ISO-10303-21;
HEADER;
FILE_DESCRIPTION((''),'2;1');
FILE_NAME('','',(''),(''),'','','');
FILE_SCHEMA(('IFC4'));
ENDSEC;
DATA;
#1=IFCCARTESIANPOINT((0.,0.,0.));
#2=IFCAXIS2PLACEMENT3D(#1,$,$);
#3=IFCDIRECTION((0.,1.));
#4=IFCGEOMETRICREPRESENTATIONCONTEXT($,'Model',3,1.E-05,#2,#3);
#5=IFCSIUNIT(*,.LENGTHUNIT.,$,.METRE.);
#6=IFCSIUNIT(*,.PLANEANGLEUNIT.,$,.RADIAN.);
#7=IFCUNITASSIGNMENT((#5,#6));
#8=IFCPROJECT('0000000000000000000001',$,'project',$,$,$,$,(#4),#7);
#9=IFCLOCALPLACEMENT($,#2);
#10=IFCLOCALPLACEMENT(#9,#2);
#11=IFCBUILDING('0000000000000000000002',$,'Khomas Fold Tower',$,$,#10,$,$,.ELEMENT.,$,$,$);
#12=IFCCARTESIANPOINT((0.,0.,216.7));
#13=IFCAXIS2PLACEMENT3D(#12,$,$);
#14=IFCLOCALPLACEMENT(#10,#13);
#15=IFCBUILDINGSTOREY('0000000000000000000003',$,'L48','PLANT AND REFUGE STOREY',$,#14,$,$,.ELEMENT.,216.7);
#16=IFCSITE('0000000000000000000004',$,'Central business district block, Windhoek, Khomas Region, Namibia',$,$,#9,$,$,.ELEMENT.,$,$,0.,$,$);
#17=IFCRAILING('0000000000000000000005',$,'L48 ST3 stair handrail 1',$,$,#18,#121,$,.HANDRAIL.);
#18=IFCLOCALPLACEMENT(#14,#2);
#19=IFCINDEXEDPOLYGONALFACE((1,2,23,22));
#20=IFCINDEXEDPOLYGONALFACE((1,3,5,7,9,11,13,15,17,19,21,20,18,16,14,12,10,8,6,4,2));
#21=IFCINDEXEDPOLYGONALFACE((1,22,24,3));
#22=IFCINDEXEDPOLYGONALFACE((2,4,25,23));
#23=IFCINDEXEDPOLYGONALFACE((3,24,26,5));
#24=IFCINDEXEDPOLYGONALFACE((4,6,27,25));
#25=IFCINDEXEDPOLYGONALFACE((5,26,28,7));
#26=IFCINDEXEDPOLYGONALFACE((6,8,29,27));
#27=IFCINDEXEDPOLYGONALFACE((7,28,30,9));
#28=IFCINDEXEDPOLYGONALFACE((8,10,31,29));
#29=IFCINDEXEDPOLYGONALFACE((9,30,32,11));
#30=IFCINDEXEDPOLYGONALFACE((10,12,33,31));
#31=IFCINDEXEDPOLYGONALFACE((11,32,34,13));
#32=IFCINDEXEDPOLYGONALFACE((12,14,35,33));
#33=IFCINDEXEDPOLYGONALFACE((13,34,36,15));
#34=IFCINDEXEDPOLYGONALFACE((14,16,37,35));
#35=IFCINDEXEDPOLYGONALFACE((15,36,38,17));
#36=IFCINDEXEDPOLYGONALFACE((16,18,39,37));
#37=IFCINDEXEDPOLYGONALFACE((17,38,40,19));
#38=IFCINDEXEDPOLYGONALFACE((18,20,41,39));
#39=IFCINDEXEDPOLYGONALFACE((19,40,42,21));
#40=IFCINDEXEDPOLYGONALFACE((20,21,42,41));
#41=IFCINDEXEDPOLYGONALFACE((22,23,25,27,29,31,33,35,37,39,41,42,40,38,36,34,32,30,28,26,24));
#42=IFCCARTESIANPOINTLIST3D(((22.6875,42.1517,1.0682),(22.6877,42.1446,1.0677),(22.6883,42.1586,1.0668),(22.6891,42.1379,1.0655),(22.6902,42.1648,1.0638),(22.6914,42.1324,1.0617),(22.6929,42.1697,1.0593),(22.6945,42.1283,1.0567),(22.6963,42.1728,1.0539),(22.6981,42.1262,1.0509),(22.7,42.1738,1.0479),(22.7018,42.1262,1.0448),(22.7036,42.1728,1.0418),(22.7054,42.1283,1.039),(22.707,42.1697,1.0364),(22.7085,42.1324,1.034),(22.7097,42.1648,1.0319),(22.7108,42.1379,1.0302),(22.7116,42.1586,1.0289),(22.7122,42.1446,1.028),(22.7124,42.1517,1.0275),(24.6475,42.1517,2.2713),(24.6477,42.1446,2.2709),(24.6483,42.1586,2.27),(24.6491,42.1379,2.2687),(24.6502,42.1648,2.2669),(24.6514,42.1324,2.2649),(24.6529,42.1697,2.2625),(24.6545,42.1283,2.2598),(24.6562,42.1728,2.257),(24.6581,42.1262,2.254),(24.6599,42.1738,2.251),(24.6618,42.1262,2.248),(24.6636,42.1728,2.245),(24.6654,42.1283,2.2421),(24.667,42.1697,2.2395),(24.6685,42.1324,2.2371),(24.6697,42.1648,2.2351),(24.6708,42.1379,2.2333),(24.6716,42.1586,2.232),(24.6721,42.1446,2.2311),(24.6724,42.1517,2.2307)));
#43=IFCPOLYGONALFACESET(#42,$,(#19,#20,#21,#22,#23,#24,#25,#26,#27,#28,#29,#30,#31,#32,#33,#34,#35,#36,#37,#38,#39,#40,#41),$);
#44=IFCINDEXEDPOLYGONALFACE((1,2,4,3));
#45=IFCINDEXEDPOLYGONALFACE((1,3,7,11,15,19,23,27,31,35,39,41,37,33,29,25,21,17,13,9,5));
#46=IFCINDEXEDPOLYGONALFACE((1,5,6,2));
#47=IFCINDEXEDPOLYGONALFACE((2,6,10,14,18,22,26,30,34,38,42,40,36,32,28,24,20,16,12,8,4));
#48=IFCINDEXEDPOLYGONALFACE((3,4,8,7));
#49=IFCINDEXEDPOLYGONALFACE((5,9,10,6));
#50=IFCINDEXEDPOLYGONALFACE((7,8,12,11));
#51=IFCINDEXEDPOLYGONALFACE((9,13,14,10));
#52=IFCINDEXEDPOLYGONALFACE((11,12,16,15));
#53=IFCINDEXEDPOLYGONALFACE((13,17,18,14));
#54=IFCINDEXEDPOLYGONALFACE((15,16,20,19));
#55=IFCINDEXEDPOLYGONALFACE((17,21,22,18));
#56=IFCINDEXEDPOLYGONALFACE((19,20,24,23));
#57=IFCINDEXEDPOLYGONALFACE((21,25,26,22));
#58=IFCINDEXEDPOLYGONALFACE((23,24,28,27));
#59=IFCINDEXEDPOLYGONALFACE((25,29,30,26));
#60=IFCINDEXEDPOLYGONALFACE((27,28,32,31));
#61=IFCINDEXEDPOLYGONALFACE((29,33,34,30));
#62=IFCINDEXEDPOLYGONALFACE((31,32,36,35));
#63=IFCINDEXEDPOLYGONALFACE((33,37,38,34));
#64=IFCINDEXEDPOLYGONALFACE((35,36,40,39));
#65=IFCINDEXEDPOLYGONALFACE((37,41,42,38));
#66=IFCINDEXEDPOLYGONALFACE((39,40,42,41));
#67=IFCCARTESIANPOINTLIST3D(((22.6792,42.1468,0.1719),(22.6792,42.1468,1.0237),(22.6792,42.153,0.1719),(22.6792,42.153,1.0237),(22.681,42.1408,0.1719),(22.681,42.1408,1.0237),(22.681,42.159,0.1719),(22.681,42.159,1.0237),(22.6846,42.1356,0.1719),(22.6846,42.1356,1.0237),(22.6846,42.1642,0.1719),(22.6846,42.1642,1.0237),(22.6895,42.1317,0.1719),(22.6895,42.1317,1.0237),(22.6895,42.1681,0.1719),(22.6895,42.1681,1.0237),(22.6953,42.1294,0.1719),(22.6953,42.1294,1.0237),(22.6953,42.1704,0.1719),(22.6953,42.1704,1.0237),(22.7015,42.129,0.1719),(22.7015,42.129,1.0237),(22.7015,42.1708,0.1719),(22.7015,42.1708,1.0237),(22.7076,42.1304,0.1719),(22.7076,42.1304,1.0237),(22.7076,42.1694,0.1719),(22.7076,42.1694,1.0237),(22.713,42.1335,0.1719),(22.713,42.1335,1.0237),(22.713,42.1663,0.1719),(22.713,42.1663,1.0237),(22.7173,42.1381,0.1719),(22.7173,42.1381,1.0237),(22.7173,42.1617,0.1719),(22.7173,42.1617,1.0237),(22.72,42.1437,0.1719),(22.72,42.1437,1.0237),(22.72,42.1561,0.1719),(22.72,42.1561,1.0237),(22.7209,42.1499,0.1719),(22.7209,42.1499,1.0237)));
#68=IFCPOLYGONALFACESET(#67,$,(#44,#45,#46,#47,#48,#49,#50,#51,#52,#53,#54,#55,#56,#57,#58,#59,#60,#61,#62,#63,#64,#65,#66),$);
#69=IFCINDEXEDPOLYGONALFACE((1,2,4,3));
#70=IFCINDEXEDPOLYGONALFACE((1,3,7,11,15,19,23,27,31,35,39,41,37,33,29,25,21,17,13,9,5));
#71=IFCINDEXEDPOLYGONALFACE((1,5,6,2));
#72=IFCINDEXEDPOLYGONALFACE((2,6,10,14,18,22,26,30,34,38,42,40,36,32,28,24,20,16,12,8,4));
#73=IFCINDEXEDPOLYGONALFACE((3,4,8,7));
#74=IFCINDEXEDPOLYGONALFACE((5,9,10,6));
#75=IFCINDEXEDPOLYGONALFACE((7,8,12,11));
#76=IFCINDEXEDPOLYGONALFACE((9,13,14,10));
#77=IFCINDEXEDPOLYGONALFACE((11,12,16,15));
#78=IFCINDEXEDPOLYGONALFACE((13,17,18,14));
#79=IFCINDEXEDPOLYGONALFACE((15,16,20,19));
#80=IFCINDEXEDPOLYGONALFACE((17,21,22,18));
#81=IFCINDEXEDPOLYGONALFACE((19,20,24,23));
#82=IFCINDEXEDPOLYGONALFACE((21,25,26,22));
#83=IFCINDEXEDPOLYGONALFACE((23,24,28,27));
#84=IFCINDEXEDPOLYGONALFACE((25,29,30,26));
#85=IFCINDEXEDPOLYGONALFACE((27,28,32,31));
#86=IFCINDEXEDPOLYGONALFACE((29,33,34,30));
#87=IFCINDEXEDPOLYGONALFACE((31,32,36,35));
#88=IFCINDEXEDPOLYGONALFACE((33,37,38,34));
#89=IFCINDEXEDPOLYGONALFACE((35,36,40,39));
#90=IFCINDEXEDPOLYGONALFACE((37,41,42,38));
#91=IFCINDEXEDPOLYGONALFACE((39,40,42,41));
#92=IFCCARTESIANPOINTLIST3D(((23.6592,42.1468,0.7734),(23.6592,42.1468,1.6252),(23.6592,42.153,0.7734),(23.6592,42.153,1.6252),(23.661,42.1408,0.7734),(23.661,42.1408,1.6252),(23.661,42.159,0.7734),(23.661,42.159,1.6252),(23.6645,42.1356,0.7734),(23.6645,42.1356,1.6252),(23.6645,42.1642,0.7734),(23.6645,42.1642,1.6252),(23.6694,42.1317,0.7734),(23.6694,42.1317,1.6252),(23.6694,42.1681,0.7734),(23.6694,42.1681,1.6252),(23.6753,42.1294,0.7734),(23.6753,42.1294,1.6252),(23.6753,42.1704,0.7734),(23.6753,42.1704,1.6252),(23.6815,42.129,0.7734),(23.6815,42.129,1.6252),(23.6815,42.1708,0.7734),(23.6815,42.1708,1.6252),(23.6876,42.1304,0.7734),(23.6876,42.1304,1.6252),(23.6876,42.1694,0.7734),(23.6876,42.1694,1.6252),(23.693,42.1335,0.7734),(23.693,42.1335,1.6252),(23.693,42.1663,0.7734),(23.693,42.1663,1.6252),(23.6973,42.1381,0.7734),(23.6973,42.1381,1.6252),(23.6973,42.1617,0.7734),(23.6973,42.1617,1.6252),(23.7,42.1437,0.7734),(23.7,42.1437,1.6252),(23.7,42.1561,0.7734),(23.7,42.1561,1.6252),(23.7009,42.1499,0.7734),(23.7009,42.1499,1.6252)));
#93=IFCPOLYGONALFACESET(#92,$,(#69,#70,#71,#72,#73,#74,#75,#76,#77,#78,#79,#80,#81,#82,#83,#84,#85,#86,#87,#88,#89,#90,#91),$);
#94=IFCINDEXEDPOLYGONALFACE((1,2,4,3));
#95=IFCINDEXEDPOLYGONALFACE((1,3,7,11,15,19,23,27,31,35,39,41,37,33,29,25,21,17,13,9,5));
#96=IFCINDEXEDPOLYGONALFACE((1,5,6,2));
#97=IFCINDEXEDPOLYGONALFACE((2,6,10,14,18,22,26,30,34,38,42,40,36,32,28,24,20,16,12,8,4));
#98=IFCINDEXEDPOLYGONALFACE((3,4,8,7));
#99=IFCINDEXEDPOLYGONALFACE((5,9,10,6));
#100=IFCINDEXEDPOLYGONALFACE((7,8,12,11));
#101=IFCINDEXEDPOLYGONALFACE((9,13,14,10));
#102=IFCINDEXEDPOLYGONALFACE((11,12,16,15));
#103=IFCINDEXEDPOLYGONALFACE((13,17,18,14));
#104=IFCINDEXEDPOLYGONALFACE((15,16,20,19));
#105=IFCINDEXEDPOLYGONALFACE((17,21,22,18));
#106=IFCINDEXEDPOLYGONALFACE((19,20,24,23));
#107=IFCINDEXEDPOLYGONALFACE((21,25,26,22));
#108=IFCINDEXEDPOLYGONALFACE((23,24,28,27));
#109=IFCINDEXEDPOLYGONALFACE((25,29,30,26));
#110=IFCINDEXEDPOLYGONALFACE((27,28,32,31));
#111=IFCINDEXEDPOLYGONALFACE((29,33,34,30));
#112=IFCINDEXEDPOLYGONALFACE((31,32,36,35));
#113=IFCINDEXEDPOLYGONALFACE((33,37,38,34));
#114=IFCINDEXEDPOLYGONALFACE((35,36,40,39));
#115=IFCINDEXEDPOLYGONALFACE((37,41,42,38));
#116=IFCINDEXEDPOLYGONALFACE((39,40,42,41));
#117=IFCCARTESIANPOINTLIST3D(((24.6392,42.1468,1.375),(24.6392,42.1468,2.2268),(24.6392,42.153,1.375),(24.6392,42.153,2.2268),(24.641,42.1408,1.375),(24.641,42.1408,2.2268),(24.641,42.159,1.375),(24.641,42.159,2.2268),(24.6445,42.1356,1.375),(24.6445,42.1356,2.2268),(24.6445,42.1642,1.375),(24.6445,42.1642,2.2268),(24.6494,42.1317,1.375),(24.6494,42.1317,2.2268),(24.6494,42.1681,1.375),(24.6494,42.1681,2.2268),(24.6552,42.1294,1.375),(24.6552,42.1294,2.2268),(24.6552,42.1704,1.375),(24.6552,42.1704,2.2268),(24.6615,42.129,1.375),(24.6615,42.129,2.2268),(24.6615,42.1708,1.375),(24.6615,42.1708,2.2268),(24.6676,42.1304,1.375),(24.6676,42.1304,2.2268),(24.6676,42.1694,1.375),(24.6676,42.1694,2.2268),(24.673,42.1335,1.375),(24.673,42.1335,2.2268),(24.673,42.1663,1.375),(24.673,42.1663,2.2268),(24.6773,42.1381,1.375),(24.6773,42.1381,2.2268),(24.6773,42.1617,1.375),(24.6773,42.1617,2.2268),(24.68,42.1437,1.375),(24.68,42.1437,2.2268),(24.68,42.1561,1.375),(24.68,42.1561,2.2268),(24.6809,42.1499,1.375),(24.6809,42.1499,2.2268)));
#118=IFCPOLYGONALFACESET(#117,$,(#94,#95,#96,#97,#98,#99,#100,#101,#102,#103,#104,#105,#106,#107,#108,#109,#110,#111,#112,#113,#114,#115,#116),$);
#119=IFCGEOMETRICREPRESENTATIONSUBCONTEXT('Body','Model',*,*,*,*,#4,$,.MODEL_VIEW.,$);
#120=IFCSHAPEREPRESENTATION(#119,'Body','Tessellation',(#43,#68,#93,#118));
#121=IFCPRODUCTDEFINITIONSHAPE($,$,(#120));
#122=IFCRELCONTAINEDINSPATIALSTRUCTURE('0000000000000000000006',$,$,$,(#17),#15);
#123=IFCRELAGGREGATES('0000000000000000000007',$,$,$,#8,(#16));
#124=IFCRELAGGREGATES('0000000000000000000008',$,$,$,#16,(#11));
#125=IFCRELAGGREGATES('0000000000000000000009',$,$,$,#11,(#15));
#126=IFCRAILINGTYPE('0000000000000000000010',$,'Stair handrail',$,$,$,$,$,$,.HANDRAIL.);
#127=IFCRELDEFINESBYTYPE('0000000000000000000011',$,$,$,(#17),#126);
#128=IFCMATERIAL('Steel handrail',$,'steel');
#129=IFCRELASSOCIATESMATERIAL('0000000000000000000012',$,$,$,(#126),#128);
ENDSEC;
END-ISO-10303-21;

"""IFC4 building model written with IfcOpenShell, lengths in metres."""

from ifc_helpers import new_model, si_unit, direction, frame, origin, origin_2d, place, context, subcontext, project, spatial, circle, extrude, source, transform, mapped, material, type_object, element, save


model = new_model("IFC4")

# Units and contexts
model_context = context("Model", 3, precision=1e-05, world=origin(), true_north=direction((0.0, 1.0)))
body_context = subcontext(model_context, "Body", "Model", "MODEL_VIEW")
ifc_project = project(units=[si_unit("LENGTHUNIT", "METRE"), si_unit("PLANEANGLEUNIT", "RADIAN")], contexts=[model_context])

# Site, building, storey
site_placement = place(None, origin())
site = spatial("IfcSite", under=ifc_project, at=site_placement, Name="Central business district block, Windhoek, Khomas Region, Namibia", CompositionType="ELEMENT", RefElevation=0.0)
building_placement = place(site_placement, origin())
building = spatial("IfcBuilding", under=site, at=building_placement, Name="Khomas Fold Tower", CompositionType="ELEMENT")
storey_placement = place(building_placement, frame((0.0, 0.0, 216.7)))
storey = spatial("IfcBuildingStorey", under=building, at=storey_placement, Name="L48", Description="PLANT AND REFUGE STOREY", CompositionType="ELEMENT", Elevation=216.7)

# Railing
ifc_material_1 = material(Name="Steel handrail", Category="steel")
railing_type_1 = type_object("IfcRailingType", Name="Stair handrail", PredefinedType="HANDRAIL", material=ifc_material_1)
shared_shape_1 = source(origin(), body_context, "Body", "SweptSolid", [
    extrude(circle(Radius=0.0239, at=origin_2d()), frame((0.0, 0.0, 0.876), z_axis=(0.852241, 0.0, 0.523149), x_axis=(0.0, 1.0, 0.0)), (0.0, 0.0, 1.0), 2.2998),
    extrude(circle(Radius=0.021, at=origin_2d()), origin(), (0.0, 0.0, 1.0), 0.8518),
    extrude(circle(Radius=0.021, at=origin_2d()), frame((0.98, 0.0, 0.6016)), (0.0, 0.0, 1.0), 0.8518),
    extrude(circle(Radius=0.021, at=origin_2d()), frame((1.96, 0.0, 1.2031)), (0.0, 0.0, 1.0), 0.8518),
])
for number, where, name in (
    (1, (22.7, 42.1499, 0.1719), "L48 ST3 stair handrail 1"),
):
    element("IfcRailing", number, at=place(storey_placement, frame(where)), inside=storey, type_object=railing_type_1, Name=name, PredefinedType="HANDRAIL", context=body_context, shape_type="MappedRepresentation", body=[
        mapped(shared_shape_1, transform((0.0, 0.0, 0.0))),
    ])

save(model, "model.ifc")
